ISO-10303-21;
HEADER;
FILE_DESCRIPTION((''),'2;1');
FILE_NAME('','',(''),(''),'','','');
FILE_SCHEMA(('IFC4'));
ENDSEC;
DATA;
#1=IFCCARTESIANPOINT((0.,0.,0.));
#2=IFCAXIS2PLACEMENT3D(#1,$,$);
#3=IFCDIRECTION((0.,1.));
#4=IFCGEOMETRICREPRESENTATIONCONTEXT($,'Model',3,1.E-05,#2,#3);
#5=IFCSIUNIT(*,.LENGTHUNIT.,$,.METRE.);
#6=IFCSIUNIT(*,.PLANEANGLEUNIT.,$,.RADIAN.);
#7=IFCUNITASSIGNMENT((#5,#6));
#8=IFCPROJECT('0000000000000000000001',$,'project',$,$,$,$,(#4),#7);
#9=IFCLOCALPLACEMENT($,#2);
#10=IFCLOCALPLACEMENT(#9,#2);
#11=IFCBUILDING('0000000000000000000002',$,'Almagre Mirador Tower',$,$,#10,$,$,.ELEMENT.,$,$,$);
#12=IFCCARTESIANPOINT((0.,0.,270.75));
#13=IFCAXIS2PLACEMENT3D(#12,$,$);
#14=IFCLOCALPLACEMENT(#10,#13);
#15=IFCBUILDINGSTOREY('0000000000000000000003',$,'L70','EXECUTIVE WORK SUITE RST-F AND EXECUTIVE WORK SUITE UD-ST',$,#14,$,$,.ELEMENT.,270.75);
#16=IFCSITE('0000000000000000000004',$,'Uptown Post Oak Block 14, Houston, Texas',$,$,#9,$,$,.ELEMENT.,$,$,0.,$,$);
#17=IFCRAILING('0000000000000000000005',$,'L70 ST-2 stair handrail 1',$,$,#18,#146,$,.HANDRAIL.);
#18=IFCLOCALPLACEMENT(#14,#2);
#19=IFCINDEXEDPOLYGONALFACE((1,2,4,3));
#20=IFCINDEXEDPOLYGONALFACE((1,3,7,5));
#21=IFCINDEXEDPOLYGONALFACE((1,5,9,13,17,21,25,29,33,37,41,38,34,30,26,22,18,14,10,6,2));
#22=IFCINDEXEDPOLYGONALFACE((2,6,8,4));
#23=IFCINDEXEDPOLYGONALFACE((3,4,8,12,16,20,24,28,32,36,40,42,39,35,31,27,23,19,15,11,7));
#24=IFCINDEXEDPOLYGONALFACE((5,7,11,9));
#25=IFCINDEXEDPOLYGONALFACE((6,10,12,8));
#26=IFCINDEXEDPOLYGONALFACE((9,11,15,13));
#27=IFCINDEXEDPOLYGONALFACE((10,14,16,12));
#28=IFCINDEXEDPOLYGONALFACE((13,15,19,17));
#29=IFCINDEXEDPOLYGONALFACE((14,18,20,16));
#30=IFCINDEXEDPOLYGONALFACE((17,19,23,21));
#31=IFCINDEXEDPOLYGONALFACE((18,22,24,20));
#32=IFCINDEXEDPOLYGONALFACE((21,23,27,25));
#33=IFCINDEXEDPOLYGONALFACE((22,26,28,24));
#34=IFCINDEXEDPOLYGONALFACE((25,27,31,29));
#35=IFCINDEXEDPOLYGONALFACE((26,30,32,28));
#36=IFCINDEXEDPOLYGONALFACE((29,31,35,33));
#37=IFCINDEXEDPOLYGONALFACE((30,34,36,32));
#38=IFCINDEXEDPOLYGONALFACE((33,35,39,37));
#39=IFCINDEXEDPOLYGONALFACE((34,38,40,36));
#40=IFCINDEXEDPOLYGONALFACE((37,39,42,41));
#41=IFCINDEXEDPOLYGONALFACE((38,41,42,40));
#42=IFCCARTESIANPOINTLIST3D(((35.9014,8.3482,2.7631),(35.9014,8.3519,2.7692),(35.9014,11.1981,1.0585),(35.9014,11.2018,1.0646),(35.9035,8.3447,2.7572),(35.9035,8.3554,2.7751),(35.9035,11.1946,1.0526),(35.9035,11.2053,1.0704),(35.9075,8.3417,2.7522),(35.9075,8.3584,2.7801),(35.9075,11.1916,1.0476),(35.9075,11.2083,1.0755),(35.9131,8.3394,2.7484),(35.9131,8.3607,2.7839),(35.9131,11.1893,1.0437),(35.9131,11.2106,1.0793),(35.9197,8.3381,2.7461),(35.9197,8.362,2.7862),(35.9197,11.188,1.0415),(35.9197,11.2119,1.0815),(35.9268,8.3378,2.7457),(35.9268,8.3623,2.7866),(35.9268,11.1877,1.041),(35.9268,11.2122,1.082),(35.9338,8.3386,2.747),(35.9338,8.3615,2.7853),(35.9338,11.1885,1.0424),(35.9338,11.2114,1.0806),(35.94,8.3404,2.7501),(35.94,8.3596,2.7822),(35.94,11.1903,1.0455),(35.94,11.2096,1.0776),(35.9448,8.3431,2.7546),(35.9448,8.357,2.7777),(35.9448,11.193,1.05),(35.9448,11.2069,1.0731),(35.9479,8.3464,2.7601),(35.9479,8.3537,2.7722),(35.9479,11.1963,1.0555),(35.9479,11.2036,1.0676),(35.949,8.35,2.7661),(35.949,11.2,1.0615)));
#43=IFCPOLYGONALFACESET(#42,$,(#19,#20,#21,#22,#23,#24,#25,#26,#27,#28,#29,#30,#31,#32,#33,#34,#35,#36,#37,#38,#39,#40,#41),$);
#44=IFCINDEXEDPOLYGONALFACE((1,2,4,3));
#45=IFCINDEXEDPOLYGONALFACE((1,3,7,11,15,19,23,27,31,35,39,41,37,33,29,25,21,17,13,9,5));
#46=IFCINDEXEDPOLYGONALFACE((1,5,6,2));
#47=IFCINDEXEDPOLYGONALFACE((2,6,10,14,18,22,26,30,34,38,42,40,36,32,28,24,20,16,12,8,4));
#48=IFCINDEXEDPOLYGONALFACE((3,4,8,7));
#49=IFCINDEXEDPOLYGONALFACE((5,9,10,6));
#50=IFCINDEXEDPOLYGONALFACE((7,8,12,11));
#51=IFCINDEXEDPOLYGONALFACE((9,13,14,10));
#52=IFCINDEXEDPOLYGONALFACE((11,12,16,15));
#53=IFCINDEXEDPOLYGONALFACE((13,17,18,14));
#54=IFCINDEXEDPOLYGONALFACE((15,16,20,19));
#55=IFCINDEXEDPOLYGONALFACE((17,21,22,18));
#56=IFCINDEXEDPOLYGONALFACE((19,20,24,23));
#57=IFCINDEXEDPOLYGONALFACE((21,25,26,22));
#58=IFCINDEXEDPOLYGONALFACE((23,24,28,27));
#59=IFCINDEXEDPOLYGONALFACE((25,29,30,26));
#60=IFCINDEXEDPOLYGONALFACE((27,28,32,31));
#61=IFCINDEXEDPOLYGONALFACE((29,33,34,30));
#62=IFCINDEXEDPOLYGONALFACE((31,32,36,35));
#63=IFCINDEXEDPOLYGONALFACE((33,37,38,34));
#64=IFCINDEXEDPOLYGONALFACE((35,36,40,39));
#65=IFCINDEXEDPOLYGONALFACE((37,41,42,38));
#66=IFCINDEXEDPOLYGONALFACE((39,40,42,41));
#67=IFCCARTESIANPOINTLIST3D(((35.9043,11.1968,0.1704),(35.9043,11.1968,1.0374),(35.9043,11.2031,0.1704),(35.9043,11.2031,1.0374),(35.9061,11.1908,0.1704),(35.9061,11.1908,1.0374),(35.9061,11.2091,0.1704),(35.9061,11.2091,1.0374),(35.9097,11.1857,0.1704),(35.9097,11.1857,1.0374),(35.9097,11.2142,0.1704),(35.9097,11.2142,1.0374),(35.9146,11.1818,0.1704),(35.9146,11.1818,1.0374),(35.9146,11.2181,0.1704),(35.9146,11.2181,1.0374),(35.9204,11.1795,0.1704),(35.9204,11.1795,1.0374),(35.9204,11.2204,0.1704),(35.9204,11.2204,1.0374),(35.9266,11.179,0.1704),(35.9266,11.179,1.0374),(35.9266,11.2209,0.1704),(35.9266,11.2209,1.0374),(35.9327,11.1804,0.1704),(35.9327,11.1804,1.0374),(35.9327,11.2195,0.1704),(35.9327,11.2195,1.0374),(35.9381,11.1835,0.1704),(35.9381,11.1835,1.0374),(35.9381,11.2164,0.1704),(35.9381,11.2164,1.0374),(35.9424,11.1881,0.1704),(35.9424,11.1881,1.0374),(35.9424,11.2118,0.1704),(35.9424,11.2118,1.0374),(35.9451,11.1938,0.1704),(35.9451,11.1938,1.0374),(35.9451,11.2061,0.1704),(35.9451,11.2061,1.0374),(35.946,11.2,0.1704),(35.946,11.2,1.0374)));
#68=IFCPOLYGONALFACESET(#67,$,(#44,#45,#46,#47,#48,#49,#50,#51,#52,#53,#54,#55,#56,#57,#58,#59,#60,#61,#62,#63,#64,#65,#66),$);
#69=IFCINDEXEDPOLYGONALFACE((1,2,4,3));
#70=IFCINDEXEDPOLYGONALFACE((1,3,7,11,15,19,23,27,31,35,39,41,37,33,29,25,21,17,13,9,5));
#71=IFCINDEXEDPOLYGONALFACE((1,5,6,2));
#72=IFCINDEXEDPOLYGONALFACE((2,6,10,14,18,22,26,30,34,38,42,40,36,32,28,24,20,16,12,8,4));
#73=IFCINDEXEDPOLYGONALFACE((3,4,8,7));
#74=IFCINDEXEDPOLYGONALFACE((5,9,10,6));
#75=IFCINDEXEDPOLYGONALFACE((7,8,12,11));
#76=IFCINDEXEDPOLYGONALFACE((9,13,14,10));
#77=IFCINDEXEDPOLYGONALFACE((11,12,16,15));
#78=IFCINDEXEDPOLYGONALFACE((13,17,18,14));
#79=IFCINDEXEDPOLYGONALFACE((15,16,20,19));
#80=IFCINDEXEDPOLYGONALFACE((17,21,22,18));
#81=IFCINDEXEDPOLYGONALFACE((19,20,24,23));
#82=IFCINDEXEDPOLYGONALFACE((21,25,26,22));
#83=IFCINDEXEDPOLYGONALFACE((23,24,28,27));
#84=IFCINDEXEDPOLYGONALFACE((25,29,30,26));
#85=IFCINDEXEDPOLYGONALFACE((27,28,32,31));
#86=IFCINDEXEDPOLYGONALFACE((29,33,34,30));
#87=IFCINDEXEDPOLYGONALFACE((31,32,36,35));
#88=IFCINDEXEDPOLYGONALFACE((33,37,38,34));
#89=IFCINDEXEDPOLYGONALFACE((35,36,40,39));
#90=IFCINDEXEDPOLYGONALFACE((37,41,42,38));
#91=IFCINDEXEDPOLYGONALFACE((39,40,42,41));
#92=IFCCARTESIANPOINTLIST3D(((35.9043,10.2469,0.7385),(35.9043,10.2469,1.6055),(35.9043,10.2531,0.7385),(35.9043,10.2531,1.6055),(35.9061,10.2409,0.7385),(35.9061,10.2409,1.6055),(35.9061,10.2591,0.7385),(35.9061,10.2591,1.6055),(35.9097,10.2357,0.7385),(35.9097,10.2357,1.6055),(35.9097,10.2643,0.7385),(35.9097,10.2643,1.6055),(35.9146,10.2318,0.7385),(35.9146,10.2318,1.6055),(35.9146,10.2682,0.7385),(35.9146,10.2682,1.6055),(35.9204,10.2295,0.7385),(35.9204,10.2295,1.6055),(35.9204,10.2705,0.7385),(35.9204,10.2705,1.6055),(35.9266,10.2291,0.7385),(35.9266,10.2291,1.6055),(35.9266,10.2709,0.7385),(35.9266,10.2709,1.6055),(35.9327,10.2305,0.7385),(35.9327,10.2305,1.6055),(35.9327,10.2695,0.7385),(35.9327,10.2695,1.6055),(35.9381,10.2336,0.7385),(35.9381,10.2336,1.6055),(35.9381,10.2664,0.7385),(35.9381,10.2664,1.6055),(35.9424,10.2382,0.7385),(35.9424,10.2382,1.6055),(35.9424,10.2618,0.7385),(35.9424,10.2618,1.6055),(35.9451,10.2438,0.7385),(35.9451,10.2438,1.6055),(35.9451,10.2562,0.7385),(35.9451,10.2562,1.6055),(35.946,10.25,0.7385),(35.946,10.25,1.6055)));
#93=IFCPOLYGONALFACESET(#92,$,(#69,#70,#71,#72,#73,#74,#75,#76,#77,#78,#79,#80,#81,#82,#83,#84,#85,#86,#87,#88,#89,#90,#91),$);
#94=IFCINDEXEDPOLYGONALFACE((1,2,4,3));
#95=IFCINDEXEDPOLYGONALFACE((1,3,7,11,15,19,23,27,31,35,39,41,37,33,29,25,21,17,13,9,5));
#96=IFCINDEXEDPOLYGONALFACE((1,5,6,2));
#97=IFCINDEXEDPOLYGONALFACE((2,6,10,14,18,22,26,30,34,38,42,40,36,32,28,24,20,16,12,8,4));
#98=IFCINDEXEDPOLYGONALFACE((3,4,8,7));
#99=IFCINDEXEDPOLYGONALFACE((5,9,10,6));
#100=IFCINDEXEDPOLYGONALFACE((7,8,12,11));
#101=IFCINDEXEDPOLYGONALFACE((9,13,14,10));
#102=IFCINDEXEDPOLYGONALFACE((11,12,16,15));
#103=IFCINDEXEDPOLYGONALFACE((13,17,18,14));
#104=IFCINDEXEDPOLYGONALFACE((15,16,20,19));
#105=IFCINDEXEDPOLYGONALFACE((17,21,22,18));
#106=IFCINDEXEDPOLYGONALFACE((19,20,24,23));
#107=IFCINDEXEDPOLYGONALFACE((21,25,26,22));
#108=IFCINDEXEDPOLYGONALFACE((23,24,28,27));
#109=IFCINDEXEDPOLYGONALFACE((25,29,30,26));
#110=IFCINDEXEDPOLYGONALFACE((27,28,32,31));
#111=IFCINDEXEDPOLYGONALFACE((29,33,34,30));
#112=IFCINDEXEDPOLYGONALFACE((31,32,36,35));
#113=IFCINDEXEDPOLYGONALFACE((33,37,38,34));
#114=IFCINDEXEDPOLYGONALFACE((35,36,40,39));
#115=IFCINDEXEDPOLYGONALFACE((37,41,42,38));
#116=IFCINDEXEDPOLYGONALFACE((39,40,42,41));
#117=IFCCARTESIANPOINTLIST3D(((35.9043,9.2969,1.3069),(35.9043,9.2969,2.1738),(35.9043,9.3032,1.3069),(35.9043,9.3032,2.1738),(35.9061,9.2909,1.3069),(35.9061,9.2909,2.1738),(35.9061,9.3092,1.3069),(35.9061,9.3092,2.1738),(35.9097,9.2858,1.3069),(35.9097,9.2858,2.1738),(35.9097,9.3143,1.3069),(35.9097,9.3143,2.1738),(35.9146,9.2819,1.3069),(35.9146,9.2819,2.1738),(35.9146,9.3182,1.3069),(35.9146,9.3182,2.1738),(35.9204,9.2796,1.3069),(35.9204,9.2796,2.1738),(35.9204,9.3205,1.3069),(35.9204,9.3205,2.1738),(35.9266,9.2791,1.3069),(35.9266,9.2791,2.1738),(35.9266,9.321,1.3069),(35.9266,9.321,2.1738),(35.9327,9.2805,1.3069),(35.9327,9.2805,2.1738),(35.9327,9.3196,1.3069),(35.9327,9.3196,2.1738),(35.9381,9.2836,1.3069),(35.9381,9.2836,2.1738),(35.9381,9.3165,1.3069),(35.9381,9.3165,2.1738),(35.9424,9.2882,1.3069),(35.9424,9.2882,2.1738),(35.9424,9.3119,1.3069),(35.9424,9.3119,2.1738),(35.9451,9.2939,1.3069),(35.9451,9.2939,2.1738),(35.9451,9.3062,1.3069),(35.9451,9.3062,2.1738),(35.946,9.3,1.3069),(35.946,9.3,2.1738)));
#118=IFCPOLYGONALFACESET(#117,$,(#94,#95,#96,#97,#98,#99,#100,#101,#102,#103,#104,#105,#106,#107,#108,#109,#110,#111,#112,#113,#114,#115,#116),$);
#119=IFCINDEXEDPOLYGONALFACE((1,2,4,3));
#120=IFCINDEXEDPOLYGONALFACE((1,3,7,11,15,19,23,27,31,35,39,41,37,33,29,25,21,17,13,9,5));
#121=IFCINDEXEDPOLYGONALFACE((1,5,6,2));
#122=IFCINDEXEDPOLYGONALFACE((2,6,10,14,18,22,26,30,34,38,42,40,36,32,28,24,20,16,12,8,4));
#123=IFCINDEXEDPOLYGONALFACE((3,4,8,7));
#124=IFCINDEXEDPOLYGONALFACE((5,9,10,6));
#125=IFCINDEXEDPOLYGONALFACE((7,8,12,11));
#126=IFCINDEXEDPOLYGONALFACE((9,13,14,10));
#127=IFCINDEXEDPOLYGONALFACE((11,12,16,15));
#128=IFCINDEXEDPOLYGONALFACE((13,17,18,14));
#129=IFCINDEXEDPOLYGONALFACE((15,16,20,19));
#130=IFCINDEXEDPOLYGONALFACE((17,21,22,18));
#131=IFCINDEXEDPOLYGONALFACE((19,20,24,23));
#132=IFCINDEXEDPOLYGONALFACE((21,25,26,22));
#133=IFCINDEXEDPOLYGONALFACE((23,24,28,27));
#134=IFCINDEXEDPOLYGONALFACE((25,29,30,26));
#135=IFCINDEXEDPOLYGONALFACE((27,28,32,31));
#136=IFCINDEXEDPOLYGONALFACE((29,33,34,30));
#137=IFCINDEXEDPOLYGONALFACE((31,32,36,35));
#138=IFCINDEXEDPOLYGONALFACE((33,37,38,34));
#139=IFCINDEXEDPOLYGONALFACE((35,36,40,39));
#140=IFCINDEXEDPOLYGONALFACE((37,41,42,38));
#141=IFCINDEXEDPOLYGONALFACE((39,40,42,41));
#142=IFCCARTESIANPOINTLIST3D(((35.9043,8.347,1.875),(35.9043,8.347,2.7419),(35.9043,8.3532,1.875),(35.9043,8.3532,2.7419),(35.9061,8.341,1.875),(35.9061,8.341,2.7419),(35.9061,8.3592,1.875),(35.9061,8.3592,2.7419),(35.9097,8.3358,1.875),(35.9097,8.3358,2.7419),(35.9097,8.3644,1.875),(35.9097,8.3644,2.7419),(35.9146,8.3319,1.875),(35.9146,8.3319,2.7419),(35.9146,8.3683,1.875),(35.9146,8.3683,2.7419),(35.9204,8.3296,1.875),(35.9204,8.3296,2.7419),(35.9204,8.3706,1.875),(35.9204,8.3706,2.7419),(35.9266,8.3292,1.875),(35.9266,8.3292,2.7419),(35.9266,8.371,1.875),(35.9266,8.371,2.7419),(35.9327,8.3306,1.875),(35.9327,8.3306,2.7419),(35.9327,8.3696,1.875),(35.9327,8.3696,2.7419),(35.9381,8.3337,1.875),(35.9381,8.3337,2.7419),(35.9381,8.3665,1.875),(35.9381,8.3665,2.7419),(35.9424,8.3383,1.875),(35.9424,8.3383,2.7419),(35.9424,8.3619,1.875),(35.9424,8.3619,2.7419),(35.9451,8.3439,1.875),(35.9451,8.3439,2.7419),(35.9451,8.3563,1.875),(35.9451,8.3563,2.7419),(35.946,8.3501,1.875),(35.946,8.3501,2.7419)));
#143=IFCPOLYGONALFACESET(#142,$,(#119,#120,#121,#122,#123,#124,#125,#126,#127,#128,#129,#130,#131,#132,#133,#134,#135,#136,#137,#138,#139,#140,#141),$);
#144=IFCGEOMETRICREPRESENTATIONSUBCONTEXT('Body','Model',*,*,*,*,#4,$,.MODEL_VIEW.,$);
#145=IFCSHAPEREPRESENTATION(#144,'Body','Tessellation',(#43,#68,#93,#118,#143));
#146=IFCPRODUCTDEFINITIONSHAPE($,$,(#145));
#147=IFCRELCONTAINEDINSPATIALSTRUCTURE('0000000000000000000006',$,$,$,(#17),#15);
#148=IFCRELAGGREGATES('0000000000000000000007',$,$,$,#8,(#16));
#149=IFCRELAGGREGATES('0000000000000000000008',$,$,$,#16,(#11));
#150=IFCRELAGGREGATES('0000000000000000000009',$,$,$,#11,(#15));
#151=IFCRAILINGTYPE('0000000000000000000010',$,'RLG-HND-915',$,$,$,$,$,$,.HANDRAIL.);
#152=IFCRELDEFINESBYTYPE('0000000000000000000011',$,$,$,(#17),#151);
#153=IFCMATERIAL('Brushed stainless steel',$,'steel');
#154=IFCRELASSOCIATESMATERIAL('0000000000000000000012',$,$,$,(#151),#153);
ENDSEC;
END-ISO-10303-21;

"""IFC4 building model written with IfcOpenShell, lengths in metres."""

from ifc_helpers import new_model, si_unit, direction, frame, origin, origin_2d, place, context, subcontext, project, spatial, circle, extrude, material, type_object, element, save


model = new_model("IFC4")

# Units and contexts
model_context = context("Model", 3, precision=1e-05, world=origin(), true_north=direction((0.0, 1.0)))
body_context = subcontext(model_context, "Body", "Model", "MODEL_VIEW")
ifc_project = project(units=[si_unit("LENGTHUNIT", "METRE"), si_unit("PLANEANGLEUNIT", "RADIAN")], contexts=[model_context])

# Site, building, storey
site_placement = place(None, origin())
site = spatial("IfcSite", under=ifc_project, at=site_placement, Name="Uptown Post Oak Block 14, Houston, Texas", CompositionType="ELEMENT", RefElevation=0.0)
building_placement = place(site_placement, origin())
building = spatial("IfcBuilding", under=site, at=building_placement, Name="Almagre Mirador Tower", CompositionType="ELEMENT")
storey_placement = place(building_placement, frame((0.0, 0.0, 270.75)))
storey = spatial("IfcBuildingStorey", under=building, at=storey_placement, Name="L70", Description="EXECUTIVE WORK SUITE RST-F AND EXECUTIVE WORK SUITE UD-ST", CompositionType="ELEMENT", Elevation=270.75)

# Railing
ifc_material_1 = material(Name="Brushed stainless steel", Category="steel")
railing_type_1 = type_object("IfcRailingType", Name="RLG-HND-915", PredefinedType="HANDRAIL", material=ifc_material_1)
railing_1_placement = place(storey_placement, frame((35.925, 11.2, 0.1704)))
element("IfcRailing", 1, at=railing_1_placement, inside=storey, type_object=railing_type_1, Name="L70 ST-2 stair handrail 1", PredefinedType="HANDRAIL", context=body_context, shape_type="SweptSolid", body=[
    extrude(circle(Radius=0.0239, at=origin_2d()), frame((0.0, 0.0, 0.8911), z_axis=(0.0, -0.858199, 0.513317), x_axis=(1.0, 0.0, 0.0)), (0.0, 0.0, 1.0), 3.3208),
    extrude(circle(Radius=0.021, at=origin_2d()), origin(), (0.0, 0.0, 1.0), 0.8669),
    extrude(circle(Radius=0.021, at=origin_2d()), frame((0.0, -0.95, 0.5681)), (0.0, 0.0, 1.0), 0.8669),
    extrude(circle(Radius=0.021, at=origin_2d()), frame((0.0, -1.8999, 1.1365)), (0.0, 0.0, 1.0), 0.8669),
    extrude(circle(Radius=0.021, at=origin_2d()), frame((0.0, -2.8499, 1.7046)), (0.0, 0.0, 1.0), 0.8669),
])

save(model, "model.ifc")
